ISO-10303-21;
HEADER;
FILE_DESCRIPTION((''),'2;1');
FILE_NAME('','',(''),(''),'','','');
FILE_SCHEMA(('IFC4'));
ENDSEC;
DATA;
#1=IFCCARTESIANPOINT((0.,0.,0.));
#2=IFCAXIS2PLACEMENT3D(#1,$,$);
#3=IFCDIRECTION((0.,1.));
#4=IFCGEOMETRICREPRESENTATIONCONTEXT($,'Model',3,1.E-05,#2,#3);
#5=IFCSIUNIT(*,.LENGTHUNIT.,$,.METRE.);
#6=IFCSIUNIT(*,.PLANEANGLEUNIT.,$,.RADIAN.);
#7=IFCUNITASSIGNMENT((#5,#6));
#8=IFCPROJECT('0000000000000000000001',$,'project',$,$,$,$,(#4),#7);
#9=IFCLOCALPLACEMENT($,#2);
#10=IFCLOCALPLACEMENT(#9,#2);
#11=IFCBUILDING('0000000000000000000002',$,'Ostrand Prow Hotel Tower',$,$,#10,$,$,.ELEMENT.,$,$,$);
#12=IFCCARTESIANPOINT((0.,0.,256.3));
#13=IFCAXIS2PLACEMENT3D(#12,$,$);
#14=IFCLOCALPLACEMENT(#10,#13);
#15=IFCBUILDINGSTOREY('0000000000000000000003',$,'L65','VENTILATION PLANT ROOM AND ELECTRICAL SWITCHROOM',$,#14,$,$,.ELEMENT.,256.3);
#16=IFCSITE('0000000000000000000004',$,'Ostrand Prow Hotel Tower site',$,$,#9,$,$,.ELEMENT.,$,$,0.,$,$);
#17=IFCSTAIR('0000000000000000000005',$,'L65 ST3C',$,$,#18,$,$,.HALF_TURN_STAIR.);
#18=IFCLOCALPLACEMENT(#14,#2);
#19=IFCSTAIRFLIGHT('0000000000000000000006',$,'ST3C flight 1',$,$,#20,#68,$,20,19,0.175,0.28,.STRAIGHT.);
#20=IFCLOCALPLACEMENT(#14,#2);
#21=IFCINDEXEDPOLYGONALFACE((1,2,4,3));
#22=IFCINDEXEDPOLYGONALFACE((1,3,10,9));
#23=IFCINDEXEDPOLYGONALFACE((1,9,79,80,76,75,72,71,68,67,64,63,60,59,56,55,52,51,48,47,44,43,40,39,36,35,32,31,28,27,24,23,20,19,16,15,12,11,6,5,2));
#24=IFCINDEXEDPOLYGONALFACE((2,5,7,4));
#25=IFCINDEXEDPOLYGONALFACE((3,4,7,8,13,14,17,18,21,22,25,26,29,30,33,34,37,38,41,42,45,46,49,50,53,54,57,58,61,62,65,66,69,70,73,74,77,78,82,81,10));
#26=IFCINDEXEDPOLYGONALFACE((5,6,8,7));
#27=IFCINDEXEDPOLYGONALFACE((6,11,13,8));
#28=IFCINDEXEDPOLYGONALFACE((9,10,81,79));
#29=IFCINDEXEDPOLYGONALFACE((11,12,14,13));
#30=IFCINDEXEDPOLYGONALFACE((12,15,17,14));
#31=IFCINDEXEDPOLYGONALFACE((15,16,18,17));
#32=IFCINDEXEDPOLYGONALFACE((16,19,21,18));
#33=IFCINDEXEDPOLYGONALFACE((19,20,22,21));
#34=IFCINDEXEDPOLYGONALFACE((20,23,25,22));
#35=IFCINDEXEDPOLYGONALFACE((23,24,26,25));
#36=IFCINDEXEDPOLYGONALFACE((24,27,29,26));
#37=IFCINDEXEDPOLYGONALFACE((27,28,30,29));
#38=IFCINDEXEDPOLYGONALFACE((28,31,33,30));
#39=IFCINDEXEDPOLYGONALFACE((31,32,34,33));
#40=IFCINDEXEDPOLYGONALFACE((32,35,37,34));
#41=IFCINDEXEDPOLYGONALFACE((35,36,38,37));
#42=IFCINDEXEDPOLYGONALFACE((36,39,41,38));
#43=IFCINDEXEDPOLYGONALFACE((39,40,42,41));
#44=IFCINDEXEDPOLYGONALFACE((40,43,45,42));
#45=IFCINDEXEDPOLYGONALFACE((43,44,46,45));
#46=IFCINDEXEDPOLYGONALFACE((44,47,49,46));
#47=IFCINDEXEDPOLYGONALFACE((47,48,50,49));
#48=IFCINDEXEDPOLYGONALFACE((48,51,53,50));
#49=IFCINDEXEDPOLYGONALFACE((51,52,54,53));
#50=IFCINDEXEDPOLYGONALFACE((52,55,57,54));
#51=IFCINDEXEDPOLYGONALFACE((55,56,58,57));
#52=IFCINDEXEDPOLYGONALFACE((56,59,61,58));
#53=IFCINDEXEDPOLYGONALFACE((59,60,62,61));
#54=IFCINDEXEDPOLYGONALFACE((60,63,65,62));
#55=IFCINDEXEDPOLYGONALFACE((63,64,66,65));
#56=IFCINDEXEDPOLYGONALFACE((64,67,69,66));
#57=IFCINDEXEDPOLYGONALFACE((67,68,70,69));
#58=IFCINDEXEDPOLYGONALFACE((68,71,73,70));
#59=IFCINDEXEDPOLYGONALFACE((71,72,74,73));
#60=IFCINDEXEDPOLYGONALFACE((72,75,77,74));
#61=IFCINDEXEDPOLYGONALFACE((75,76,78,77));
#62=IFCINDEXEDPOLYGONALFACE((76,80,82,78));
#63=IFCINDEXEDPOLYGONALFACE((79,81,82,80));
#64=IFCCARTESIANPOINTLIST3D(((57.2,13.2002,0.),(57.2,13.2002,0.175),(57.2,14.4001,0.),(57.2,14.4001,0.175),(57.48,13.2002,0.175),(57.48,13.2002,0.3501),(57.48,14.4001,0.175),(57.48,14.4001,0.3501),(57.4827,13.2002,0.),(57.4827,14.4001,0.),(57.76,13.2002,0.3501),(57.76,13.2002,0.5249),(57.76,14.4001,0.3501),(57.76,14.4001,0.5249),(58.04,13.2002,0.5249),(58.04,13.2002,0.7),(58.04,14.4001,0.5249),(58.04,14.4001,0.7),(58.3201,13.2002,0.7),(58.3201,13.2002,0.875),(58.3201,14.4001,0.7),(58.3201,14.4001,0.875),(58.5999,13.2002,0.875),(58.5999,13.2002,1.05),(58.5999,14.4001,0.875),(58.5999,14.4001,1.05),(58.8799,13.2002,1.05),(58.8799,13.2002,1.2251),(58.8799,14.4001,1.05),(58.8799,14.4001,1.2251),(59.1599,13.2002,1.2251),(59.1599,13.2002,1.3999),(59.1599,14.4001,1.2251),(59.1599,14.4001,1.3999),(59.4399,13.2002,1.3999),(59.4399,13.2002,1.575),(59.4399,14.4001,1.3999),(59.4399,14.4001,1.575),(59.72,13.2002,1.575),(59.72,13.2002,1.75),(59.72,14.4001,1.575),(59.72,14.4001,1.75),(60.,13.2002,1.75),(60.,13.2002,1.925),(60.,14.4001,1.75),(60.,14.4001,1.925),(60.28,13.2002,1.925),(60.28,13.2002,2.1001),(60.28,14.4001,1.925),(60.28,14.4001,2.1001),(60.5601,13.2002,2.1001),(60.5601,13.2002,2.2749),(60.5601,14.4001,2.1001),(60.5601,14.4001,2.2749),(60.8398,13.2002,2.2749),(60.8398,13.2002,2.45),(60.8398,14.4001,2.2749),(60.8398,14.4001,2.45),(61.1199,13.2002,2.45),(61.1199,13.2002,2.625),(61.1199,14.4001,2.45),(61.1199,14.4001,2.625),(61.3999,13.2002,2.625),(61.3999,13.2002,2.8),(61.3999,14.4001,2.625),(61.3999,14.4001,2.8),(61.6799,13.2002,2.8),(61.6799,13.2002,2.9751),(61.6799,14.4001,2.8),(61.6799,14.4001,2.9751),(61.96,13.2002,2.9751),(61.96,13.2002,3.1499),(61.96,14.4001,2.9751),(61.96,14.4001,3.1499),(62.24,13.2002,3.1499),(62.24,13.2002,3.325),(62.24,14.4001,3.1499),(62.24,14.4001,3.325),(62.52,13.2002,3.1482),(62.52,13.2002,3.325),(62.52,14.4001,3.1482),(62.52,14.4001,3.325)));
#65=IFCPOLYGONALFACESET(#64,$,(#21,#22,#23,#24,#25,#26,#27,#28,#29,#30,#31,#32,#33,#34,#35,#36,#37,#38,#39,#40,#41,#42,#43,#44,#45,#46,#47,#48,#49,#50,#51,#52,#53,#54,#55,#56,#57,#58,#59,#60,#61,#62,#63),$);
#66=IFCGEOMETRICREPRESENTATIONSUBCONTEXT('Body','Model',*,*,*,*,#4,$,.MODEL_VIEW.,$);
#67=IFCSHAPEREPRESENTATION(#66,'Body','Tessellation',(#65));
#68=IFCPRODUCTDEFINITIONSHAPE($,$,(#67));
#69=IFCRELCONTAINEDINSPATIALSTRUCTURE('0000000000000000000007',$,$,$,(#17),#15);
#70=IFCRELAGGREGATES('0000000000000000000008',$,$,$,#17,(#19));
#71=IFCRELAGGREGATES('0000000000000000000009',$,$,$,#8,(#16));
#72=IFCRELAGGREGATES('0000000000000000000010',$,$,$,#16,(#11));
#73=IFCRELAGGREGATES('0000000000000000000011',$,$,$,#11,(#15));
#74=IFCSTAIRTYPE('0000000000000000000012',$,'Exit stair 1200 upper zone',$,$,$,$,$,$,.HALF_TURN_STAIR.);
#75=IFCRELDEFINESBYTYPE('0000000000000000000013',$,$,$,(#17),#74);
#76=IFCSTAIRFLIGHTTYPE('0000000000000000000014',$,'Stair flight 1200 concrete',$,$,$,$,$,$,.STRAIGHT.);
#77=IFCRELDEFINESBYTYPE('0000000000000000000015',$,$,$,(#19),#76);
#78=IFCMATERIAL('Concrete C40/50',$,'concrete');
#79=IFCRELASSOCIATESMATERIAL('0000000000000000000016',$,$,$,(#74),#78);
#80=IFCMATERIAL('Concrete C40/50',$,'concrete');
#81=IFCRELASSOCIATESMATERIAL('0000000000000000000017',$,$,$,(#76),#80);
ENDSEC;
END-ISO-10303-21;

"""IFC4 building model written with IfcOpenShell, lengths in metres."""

from ifc_helpers import new_model, si_unit, direction, frame, origin, place, context, subcontext, project, spatial, polyline, outline, extrude, material, type_object, element, aggregate, save


model = new_model("IFC4")

# Units and contexts
model_context = context("Model", 3, precision=1e-05, world=origin(), true_north=direction((0.0, 1.0)))
body_context = subcontext(model_context, "Body", "Model", "MODEL_VIEW")
ifc_project = project(units=[si_unit("LENGTHUNIT", "METRE"), si_unit("PLANEANGLEUNIT", "RADIAN")], contexts=[model_context])

# Site, building, storey
site_placement = place(None, origin())
site = spatial("IfcSite", under=ifc_project, at=site_placement, Name="Ostrand Prow Hotel Tower site", CompositionType="ELEMENT", RefElevation=0.0)
building_placement = place(site_placement, origin())
building = spatial("IfcBuilding", under=site, at=building_placement, Name="Ostrand Prow Hotel Tower", CompositionType="ELEMENT")
storey_placement = place(building_placement, frame((0.0, 0.0, 256.3)))
storey = spatial("IfcBuildingStorey", under=building, at=storey_placement, Name="L65", Description="VENTILATION PLANT ROOM AND ELECTRICAL SWITCHROOM", CompositionType="ELEMENT", Elevation=256.3)

# Shared definitions
ifc_material_1 = material(Name="Concrete C40/50", Category="concrete")
stair_type = type_object("IfcStairType", Name="Exit stair 1200 upper zone", PredefinedType="HALF_TURN_STAIR", material=ifc_material_1)
ifc_material_2 = material(Name="Concrete C40/50", Category="concrete")
stair_flight_type = type_object("IfcStairFlightType", Name="Stair flight 1200 concrete", PredefinedType="STRAIGHT", material=ifc_material_2)

# Stair, stair flight
stair_1_placement = place(storey_placement, origin())
stair_1 = element("IfcStair", 1, at=stair_1_placement, inside=storey, type_object=stair_type, Name="L65 ST3C", PredefinedType="HALF_TURN_STAIR")
stair_flight_1_placement = place(storey_placement, frame((57.2, 13.8, 0.0), z_axis=(0.0, 0.0, 1.0), x_axis=(1.0, 0.0, 0.0)))
stair_flight_1 = element("IfcStairFlight", 2, at=stair_flight_1_placement, type_object=stair_flight_type, Name="ST3C flight 1", NumberOfRisers=20, NumberOfTreads=19, PredefinedType="STRAIGHT", RiserHeight=0.175, TreadLength=0.28, context=body_context, shape_type="SweptSolid", body=[
    extrude(outline(polyline([(0.0, 0.0), (0.0, 0.175), (0.28, 0.175), (0.28, 0.3501), (0.5601, 0.3501), (0.5601, 0.5249), (0.8401, 0.5249), (0.8401, 0.7), (1.1201, 0.7), (1.1201, 0.875), (1.3999, 0.875), (1.3999, 1.05), (1.6799, 1.05), (1.6799, 1.2251), (1.96, 1.2251), (1.96, 1.3999), (2.24, 1.3999), (2.24, 1.575), (2.52, 1.575), (2.52, 1.75), (2.8, 1.75), (2.8, 1.925), (3.0801, 1.925), (3.0801, 2.1001), (3.3601, 2.1001), (3.3601, 2.2749), (3.6399, 2.2749), (3.6399, 2.45), (3.9199, 2.45), (3.9199, 2.625), (4.2, 2.625), (4.2, 2.8), (4.48, 2.8), (4.48, 2.9751), (4.76, 2.9751), (4.76, 3.1499), (5.04, 3.1499), (5.04, 3.325), (5.3201, 3.325), (5.3201, 3.5), (5.3201, 3.1482), (0.2827, 0.0), (0.0, 0.0)])), frame((0.0, 0.6001, 0.0), z_axis=(0.0, -1.0, 0.0), x_axis=(1.0, 0.0, 0.0)), (0.0, 0.0, 1.0), 1.2),
])
aggregate(stair_1, [stair_flight_1])

save(model, "model.ifc")
